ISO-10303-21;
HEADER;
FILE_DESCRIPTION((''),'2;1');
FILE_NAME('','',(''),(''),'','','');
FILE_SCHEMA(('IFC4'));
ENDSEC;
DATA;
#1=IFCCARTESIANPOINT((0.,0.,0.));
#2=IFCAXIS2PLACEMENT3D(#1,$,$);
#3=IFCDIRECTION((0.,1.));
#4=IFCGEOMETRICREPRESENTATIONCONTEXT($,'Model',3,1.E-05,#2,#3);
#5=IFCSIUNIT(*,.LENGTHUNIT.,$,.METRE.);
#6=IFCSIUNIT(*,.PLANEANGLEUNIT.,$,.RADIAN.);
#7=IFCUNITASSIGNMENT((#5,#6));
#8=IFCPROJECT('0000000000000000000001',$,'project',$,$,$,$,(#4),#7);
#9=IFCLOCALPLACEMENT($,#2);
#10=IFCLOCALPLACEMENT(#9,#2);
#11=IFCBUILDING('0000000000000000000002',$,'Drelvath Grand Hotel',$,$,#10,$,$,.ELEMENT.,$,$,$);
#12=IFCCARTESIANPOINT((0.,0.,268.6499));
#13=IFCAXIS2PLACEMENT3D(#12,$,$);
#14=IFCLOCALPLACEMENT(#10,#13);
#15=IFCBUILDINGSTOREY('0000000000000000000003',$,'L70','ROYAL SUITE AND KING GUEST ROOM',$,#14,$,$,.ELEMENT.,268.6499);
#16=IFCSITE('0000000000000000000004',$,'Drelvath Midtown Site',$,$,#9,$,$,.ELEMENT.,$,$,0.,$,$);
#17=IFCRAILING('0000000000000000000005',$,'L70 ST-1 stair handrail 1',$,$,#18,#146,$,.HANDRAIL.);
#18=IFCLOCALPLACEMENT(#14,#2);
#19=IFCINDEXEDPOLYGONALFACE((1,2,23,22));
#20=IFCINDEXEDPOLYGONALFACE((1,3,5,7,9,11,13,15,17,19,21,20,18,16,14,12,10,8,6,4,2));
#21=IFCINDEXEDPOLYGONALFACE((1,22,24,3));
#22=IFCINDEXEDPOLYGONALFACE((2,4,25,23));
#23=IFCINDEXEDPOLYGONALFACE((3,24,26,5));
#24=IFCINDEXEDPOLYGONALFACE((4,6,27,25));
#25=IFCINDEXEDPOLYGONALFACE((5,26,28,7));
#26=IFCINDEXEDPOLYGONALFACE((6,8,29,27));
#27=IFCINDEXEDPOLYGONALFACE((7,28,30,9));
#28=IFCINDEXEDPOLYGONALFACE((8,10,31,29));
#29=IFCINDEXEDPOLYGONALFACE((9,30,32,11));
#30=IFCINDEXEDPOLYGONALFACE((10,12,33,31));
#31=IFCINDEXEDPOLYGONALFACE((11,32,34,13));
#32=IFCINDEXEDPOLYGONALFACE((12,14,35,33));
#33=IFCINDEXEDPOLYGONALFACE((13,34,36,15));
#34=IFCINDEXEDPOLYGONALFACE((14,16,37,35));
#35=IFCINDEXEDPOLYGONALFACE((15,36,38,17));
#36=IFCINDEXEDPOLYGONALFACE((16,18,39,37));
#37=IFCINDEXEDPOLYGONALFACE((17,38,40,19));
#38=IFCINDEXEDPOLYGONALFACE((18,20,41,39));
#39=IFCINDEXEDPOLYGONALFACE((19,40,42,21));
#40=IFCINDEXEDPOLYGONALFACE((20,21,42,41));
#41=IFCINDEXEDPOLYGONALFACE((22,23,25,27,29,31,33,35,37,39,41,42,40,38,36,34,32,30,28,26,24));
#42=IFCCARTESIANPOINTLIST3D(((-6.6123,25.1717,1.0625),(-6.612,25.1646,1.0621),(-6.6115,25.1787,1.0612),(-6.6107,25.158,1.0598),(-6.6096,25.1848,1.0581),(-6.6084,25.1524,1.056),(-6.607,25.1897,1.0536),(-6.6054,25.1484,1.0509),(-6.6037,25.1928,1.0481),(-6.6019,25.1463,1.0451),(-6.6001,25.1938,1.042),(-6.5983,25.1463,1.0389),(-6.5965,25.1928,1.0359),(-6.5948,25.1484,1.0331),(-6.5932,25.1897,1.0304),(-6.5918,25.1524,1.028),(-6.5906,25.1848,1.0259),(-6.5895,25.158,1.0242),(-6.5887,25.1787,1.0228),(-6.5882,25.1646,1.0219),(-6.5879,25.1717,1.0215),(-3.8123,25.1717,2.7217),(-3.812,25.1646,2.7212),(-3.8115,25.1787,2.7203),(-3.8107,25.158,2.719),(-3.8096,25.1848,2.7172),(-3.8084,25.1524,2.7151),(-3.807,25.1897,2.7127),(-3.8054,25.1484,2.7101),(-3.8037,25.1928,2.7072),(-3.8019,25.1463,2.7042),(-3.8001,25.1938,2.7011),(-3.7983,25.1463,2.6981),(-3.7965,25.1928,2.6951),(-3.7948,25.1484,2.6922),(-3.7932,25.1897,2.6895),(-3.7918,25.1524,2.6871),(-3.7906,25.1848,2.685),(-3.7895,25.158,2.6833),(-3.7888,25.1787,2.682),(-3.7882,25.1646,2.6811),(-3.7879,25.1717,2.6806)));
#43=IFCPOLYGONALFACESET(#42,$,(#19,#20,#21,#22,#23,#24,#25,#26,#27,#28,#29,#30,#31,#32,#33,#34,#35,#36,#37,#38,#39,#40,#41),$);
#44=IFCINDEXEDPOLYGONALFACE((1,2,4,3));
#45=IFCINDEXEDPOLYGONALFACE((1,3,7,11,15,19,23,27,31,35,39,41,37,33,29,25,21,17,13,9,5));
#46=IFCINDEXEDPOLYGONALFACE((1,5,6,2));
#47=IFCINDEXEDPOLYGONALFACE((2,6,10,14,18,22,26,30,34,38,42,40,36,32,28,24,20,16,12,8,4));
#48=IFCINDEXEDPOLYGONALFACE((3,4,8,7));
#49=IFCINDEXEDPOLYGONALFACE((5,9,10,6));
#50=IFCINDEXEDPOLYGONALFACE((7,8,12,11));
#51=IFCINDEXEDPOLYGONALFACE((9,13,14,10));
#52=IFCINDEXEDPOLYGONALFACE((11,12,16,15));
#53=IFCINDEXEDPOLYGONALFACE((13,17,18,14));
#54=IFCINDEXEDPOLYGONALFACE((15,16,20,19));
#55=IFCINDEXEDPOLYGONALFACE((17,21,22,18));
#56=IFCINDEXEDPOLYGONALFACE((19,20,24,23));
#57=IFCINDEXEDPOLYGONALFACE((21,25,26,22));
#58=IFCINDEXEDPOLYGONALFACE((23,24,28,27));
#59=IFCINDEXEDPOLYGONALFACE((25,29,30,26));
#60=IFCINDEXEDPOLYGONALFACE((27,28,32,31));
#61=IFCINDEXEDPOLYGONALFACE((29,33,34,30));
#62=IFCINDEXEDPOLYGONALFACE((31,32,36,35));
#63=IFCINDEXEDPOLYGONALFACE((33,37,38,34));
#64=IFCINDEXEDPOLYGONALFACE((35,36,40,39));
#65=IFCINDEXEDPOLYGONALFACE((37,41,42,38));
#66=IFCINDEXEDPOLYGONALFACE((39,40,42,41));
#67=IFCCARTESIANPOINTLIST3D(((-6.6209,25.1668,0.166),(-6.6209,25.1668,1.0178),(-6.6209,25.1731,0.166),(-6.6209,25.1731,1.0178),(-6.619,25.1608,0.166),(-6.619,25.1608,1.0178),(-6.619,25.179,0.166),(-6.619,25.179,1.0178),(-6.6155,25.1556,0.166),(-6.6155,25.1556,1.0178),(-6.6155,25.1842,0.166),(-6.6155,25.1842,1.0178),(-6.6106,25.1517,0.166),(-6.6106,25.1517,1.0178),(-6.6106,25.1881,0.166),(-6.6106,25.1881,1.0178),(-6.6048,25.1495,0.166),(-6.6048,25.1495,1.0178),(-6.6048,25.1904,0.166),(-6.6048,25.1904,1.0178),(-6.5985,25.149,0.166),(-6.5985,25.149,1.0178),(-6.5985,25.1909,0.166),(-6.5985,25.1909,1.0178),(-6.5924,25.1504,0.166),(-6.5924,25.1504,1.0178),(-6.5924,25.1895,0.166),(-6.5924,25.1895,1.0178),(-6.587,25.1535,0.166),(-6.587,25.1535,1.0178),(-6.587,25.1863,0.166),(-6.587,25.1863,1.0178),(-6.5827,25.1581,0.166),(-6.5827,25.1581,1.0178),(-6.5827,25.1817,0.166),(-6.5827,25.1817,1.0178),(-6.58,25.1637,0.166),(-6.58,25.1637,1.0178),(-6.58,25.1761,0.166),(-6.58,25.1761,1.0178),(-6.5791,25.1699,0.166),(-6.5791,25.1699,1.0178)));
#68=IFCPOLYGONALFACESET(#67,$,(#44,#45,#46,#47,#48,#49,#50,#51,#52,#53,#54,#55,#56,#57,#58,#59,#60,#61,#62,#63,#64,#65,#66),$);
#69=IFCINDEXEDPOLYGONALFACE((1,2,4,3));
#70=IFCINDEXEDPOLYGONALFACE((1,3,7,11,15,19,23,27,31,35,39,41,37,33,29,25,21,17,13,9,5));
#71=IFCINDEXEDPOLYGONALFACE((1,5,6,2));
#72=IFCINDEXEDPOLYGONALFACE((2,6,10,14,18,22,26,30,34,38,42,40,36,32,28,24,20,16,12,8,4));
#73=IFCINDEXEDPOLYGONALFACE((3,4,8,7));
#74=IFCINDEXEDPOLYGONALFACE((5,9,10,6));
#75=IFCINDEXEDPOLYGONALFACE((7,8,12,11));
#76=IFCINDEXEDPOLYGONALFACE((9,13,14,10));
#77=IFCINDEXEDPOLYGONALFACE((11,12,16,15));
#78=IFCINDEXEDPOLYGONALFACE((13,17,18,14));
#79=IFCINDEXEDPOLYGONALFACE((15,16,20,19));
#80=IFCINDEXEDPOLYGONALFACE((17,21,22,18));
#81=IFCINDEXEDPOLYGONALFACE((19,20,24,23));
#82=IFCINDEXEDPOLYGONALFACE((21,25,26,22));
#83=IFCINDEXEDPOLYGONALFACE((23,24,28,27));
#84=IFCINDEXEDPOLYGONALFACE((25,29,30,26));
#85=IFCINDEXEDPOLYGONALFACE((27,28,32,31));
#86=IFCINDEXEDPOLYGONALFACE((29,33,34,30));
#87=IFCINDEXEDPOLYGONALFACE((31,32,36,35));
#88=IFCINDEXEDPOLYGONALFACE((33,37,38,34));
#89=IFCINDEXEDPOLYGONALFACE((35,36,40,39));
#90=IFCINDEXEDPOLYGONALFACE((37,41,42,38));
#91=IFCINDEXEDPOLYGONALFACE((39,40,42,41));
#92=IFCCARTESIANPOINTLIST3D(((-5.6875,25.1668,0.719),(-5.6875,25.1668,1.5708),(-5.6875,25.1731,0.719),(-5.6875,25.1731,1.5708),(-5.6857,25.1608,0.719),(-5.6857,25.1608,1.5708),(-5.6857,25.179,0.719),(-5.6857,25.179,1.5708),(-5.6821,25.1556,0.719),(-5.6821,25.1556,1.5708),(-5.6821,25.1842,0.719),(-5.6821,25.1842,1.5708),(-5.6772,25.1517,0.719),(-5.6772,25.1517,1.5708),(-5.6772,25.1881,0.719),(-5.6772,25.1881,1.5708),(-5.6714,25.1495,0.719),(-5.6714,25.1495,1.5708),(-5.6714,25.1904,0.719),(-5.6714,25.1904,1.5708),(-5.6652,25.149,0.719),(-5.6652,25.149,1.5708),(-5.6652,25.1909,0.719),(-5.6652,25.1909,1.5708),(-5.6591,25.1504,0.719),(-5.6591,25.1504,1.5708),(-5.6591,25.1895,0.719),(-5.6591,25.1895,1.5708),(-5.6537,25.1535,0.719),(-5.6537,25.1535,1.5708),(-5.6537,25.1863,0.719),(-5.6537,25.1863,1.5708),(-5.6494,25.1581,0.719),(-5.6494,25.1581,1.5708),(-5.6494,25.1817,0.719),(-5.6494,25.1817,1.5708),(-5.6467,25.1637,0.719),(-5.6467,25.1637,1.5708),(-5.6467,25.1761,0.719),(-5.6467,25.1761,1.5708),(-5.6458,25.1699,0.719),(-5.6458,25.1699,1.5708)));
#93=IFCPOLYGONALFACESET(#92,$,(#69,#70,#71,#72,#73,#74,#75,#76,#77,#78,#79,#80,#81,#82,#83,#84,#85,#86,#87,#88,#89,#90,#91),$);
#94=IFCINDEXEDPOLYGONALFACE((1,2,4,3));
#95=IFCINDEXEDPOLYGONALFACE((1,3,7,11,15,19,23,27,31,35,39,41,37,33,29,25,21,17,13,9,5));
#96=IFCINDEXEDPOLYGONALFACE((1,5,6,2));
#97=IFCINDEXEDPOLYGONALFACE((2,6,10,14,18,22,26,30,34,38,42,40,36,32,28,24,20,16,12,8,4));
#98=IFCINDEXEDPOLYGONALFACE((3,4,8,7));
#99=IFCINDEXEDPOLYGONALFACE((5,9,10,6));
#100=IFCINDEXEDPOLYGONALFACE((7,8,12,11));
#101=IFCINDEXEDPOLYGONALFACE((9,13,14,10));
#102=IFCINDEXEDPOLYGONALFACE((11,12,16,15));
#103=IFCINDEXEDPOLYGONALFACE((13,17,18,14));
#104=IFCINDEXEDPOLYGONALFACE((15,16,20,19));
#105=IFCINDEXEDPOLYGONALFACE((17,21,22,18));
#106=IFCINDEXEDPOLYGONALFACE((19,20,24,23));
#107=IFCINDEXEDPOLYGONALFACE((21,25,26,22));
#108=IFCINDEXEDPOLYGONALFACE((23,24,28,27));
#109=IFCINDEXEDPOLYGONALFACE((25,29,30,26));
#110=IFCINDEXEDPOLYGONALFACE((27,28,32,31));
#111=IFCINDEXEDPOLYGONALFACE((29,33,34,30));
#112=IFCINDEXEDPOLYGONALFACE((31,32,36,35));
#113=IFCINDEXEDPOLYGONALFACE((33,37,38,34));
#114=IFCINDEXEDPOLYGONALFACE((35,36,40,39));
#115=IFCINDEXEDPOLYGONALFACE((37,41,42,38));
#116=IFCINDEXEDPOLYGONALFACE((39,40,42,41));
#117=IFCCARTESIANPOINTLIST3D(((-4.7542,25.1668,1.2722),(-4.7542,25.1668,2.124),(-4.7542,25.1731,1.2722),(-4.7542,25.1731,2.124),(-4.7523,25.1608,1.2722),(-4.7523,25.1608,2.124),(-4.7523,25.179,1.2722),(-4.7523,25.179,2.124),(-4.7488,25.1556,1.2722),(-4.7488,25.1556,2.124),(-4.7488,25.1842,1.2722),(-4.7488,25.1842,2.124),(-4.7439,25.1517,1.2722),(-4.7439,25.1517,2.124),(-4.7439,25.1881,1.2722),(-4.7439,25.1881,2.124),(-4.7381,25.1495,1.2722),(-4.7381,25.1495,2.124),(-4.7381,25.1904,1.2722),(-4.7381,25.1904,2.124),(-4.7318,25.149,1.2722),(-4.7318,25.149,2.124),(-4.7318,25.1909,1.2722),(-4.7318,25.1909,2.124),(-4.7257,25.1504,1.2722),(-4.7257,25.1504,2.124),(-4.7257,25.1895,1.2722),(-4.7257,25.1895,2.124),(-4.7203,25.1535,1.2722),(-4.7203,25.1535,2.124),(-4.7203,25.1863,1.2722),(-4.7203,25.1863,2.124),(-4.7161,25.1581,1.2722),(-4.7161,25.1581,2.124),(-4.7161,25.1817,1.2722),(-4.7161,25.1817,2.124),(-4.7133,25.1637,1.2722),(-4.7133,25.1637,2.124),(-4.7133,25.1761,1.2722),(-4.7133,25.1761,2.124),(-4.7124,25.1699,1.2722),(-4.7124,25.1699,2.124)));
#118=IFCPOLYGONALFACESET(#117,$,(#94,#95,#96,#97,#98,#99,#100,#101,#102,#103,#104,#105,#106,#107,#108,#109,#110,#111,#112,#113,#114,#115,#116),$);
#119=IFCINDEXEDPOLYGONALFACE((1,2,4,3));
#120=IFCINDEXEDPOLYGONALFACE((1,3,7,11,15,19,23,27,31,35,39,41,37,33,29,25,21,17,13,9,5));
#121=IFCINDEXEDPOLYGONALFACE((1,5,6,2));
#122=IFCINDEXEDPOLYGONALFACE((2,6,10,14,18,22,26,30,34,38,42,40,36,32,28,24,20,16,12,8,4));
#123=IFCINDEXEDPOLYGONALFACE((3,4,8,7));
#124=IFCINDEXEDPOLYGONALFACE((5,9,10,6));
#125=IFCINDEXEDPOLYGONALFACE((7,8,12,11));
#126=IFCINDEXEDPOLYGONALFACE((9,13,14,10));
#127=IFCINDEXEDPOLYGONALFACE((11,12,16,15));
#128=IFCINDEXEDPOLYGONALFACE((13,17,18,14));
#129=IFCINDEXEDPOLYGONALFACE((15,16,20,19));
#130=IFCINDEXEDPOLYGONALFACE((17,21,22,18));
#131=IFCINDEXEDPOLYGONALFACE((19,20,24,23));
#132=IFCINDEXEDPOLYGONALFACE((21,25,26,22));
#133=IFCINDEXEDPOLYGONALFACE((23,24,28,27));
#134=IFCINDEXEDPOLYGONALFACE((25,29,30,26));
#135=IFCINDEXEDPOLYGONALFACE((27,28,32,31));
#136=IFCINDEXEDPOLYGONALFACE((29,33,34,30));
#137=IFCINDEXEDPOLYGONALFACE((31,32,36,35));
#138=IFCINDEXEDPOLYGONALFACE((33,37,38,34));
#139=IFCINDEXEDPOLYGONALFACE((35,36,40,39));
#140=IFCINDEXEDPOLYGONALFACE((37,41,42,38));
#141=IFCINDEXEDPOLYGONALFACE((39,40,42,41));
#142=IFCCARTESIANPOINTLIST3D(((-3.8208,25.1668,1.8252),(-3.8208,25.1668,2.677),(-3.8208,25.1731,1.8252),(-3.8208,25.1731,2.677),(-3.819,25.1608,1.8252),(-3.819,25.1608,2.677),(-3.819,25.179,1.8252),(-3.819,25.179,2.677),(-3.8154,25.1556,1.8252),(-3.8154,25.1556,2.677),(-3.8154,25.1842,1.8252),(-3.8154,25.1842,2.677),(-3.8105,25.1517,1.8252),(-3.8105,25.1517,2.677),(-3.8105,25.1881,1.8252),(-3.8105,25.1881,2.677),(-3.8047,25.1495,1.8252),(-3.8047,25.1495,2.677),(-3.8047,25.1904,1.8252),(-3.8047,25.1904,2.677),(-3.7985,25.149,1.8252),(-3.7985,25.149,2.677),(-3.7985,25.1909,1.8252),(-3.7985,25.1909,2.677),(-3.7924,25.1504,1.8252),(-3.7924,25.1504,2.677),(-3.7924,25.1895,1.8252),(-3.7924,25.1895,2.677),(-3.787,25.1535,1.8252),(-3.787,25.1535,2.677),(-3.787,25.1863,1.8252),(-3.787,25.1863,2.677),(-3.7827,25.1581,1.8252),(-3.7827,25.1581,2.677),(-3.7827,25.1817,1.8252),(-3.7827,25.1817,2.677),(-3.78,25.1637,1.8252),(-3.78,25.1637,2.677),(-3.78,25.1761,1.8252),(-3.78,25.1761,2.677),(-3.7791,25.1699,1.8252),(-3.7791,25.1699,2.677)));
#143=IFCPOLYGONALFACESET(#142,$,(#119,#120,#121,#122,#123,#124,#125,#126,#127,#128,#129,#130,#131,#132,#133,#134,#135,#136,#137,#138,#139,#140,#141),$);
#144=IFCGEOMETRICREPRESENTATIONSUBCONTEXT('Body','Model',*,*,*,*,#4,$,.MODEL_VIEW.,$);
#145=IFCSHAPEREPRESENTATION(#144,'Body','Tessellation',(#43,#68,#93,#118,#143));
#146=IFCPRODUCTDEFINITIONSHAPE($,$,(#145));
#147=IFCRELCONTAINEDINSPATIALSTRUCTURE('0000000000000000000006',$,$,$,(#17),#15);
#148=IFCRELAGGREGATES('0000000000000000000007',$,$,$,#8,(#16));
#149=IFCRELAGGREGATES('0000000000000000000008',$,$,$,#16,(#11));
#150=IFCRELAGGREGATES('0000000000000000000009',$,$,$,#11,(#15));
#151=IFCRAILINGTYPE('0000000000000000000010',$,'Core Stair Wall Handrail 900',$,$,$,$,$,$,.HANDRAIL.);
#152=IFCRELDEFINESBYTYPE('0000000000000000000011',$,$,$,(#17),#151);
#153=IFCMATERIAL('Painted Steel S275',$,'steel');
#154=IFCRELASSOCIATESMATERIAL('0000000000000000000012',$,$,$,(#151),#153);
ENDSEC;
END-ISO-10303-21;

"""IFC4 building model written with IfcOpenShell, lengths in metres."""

from ifc_helpers import new_model, si_unit, direction, frame, origin, origin_2d, place, context, subcontext, project, spatial, circle, extrude, material, type_object, element, save


model = new_model("IFC4")

# Units and contexts
model_context = context("Model", 3, precision=1e-05, world=origin(), true_north=direction((0.0, 1.0)))
body_context = subcontext(model_context, "Body", "Model", "MODEL_VIEW")
ifc_project = project(units=[si_unit("LENGTHUNIT", "METRE"), si_unit("PLANEANGLEUNIT", "RADIAN")], contexts=[model_context])

# Site, building, storey
site_placement = place(None, origin())
site = spatial("IfcSite", under=ifc_project, at=site_placement, Name="Drelvath Midtown Site", CompositionType="ELEMENT", RefElevation=0.0)
building_placement = place(site_placement, origin())
building = spatial("IfcBuilding", under=site, at=building_placement, Name="Drelvath Grand Hotel", CompositionType="ELEMENT")
storey_placement = place(building_placement, frame((0.0, 0.0, 268.6499)))
storey = spatial("IfcBuildingStorey", under=building, at=storey_placement, Name="L70", Description="ROYAL SUITE AND KING GUEST ROOM", CompositionType="ELEMENT", Elevation=268.6499)

# Shared definitions
ifc_material_1 = material(Name="Painted Steel S275", Category="steel")

# Railing
railing_type_1 = type_object("IfcRailingType", Name="Core Stair Wall Handrail 900", PredefinedType="HANDRAIL", material=ifc_material_1)
railing_1_placement = place(storey_placement, frame((-6.6001, 25.1699, 0.166)))
element("IfcRailing", 1, at=railing_1_placement, inside=storey, type_object=railing_type_1, Name="L70 ST-1 stair handrail 1", PredefinedType="HANDRAIL", context=body_context, shape_type="SweptSolid", body=[
    extrude(circle(Radius=0.0239, at=origin_2d()), frame((0.0, 0.0, 0.876), z_axis=(0.860306, 0.0, 0.509778), x_axis=(0.0, 1.0, 0.0)), (0.0, 0.0, 1.0), 3.2546),
    extrude(circle(Radius=0.021, at=origin_2d()), origin(), (0.0, 0.0, 1.0), 0.8518),
    extrude(circle(Radius=0.021, at=origin_2d()), frame((0.9333, 0.0, 0.553)), (0.0, 0.0, 1.0), 0.8518),
    extrude(circle(Radius=0.021, at=origin_2d()), frame((1.8667, 0.0, 1.1062)), (0.0, 0.0, 1.0), 0.8518),
    extrude(circle(Radius=0.021, at=origin_2d()), frame((2.8, 0.0, 1.6592)), (0.0, 0.0, 1.0), 0.8518),
])

save(model, "model.ifc")
